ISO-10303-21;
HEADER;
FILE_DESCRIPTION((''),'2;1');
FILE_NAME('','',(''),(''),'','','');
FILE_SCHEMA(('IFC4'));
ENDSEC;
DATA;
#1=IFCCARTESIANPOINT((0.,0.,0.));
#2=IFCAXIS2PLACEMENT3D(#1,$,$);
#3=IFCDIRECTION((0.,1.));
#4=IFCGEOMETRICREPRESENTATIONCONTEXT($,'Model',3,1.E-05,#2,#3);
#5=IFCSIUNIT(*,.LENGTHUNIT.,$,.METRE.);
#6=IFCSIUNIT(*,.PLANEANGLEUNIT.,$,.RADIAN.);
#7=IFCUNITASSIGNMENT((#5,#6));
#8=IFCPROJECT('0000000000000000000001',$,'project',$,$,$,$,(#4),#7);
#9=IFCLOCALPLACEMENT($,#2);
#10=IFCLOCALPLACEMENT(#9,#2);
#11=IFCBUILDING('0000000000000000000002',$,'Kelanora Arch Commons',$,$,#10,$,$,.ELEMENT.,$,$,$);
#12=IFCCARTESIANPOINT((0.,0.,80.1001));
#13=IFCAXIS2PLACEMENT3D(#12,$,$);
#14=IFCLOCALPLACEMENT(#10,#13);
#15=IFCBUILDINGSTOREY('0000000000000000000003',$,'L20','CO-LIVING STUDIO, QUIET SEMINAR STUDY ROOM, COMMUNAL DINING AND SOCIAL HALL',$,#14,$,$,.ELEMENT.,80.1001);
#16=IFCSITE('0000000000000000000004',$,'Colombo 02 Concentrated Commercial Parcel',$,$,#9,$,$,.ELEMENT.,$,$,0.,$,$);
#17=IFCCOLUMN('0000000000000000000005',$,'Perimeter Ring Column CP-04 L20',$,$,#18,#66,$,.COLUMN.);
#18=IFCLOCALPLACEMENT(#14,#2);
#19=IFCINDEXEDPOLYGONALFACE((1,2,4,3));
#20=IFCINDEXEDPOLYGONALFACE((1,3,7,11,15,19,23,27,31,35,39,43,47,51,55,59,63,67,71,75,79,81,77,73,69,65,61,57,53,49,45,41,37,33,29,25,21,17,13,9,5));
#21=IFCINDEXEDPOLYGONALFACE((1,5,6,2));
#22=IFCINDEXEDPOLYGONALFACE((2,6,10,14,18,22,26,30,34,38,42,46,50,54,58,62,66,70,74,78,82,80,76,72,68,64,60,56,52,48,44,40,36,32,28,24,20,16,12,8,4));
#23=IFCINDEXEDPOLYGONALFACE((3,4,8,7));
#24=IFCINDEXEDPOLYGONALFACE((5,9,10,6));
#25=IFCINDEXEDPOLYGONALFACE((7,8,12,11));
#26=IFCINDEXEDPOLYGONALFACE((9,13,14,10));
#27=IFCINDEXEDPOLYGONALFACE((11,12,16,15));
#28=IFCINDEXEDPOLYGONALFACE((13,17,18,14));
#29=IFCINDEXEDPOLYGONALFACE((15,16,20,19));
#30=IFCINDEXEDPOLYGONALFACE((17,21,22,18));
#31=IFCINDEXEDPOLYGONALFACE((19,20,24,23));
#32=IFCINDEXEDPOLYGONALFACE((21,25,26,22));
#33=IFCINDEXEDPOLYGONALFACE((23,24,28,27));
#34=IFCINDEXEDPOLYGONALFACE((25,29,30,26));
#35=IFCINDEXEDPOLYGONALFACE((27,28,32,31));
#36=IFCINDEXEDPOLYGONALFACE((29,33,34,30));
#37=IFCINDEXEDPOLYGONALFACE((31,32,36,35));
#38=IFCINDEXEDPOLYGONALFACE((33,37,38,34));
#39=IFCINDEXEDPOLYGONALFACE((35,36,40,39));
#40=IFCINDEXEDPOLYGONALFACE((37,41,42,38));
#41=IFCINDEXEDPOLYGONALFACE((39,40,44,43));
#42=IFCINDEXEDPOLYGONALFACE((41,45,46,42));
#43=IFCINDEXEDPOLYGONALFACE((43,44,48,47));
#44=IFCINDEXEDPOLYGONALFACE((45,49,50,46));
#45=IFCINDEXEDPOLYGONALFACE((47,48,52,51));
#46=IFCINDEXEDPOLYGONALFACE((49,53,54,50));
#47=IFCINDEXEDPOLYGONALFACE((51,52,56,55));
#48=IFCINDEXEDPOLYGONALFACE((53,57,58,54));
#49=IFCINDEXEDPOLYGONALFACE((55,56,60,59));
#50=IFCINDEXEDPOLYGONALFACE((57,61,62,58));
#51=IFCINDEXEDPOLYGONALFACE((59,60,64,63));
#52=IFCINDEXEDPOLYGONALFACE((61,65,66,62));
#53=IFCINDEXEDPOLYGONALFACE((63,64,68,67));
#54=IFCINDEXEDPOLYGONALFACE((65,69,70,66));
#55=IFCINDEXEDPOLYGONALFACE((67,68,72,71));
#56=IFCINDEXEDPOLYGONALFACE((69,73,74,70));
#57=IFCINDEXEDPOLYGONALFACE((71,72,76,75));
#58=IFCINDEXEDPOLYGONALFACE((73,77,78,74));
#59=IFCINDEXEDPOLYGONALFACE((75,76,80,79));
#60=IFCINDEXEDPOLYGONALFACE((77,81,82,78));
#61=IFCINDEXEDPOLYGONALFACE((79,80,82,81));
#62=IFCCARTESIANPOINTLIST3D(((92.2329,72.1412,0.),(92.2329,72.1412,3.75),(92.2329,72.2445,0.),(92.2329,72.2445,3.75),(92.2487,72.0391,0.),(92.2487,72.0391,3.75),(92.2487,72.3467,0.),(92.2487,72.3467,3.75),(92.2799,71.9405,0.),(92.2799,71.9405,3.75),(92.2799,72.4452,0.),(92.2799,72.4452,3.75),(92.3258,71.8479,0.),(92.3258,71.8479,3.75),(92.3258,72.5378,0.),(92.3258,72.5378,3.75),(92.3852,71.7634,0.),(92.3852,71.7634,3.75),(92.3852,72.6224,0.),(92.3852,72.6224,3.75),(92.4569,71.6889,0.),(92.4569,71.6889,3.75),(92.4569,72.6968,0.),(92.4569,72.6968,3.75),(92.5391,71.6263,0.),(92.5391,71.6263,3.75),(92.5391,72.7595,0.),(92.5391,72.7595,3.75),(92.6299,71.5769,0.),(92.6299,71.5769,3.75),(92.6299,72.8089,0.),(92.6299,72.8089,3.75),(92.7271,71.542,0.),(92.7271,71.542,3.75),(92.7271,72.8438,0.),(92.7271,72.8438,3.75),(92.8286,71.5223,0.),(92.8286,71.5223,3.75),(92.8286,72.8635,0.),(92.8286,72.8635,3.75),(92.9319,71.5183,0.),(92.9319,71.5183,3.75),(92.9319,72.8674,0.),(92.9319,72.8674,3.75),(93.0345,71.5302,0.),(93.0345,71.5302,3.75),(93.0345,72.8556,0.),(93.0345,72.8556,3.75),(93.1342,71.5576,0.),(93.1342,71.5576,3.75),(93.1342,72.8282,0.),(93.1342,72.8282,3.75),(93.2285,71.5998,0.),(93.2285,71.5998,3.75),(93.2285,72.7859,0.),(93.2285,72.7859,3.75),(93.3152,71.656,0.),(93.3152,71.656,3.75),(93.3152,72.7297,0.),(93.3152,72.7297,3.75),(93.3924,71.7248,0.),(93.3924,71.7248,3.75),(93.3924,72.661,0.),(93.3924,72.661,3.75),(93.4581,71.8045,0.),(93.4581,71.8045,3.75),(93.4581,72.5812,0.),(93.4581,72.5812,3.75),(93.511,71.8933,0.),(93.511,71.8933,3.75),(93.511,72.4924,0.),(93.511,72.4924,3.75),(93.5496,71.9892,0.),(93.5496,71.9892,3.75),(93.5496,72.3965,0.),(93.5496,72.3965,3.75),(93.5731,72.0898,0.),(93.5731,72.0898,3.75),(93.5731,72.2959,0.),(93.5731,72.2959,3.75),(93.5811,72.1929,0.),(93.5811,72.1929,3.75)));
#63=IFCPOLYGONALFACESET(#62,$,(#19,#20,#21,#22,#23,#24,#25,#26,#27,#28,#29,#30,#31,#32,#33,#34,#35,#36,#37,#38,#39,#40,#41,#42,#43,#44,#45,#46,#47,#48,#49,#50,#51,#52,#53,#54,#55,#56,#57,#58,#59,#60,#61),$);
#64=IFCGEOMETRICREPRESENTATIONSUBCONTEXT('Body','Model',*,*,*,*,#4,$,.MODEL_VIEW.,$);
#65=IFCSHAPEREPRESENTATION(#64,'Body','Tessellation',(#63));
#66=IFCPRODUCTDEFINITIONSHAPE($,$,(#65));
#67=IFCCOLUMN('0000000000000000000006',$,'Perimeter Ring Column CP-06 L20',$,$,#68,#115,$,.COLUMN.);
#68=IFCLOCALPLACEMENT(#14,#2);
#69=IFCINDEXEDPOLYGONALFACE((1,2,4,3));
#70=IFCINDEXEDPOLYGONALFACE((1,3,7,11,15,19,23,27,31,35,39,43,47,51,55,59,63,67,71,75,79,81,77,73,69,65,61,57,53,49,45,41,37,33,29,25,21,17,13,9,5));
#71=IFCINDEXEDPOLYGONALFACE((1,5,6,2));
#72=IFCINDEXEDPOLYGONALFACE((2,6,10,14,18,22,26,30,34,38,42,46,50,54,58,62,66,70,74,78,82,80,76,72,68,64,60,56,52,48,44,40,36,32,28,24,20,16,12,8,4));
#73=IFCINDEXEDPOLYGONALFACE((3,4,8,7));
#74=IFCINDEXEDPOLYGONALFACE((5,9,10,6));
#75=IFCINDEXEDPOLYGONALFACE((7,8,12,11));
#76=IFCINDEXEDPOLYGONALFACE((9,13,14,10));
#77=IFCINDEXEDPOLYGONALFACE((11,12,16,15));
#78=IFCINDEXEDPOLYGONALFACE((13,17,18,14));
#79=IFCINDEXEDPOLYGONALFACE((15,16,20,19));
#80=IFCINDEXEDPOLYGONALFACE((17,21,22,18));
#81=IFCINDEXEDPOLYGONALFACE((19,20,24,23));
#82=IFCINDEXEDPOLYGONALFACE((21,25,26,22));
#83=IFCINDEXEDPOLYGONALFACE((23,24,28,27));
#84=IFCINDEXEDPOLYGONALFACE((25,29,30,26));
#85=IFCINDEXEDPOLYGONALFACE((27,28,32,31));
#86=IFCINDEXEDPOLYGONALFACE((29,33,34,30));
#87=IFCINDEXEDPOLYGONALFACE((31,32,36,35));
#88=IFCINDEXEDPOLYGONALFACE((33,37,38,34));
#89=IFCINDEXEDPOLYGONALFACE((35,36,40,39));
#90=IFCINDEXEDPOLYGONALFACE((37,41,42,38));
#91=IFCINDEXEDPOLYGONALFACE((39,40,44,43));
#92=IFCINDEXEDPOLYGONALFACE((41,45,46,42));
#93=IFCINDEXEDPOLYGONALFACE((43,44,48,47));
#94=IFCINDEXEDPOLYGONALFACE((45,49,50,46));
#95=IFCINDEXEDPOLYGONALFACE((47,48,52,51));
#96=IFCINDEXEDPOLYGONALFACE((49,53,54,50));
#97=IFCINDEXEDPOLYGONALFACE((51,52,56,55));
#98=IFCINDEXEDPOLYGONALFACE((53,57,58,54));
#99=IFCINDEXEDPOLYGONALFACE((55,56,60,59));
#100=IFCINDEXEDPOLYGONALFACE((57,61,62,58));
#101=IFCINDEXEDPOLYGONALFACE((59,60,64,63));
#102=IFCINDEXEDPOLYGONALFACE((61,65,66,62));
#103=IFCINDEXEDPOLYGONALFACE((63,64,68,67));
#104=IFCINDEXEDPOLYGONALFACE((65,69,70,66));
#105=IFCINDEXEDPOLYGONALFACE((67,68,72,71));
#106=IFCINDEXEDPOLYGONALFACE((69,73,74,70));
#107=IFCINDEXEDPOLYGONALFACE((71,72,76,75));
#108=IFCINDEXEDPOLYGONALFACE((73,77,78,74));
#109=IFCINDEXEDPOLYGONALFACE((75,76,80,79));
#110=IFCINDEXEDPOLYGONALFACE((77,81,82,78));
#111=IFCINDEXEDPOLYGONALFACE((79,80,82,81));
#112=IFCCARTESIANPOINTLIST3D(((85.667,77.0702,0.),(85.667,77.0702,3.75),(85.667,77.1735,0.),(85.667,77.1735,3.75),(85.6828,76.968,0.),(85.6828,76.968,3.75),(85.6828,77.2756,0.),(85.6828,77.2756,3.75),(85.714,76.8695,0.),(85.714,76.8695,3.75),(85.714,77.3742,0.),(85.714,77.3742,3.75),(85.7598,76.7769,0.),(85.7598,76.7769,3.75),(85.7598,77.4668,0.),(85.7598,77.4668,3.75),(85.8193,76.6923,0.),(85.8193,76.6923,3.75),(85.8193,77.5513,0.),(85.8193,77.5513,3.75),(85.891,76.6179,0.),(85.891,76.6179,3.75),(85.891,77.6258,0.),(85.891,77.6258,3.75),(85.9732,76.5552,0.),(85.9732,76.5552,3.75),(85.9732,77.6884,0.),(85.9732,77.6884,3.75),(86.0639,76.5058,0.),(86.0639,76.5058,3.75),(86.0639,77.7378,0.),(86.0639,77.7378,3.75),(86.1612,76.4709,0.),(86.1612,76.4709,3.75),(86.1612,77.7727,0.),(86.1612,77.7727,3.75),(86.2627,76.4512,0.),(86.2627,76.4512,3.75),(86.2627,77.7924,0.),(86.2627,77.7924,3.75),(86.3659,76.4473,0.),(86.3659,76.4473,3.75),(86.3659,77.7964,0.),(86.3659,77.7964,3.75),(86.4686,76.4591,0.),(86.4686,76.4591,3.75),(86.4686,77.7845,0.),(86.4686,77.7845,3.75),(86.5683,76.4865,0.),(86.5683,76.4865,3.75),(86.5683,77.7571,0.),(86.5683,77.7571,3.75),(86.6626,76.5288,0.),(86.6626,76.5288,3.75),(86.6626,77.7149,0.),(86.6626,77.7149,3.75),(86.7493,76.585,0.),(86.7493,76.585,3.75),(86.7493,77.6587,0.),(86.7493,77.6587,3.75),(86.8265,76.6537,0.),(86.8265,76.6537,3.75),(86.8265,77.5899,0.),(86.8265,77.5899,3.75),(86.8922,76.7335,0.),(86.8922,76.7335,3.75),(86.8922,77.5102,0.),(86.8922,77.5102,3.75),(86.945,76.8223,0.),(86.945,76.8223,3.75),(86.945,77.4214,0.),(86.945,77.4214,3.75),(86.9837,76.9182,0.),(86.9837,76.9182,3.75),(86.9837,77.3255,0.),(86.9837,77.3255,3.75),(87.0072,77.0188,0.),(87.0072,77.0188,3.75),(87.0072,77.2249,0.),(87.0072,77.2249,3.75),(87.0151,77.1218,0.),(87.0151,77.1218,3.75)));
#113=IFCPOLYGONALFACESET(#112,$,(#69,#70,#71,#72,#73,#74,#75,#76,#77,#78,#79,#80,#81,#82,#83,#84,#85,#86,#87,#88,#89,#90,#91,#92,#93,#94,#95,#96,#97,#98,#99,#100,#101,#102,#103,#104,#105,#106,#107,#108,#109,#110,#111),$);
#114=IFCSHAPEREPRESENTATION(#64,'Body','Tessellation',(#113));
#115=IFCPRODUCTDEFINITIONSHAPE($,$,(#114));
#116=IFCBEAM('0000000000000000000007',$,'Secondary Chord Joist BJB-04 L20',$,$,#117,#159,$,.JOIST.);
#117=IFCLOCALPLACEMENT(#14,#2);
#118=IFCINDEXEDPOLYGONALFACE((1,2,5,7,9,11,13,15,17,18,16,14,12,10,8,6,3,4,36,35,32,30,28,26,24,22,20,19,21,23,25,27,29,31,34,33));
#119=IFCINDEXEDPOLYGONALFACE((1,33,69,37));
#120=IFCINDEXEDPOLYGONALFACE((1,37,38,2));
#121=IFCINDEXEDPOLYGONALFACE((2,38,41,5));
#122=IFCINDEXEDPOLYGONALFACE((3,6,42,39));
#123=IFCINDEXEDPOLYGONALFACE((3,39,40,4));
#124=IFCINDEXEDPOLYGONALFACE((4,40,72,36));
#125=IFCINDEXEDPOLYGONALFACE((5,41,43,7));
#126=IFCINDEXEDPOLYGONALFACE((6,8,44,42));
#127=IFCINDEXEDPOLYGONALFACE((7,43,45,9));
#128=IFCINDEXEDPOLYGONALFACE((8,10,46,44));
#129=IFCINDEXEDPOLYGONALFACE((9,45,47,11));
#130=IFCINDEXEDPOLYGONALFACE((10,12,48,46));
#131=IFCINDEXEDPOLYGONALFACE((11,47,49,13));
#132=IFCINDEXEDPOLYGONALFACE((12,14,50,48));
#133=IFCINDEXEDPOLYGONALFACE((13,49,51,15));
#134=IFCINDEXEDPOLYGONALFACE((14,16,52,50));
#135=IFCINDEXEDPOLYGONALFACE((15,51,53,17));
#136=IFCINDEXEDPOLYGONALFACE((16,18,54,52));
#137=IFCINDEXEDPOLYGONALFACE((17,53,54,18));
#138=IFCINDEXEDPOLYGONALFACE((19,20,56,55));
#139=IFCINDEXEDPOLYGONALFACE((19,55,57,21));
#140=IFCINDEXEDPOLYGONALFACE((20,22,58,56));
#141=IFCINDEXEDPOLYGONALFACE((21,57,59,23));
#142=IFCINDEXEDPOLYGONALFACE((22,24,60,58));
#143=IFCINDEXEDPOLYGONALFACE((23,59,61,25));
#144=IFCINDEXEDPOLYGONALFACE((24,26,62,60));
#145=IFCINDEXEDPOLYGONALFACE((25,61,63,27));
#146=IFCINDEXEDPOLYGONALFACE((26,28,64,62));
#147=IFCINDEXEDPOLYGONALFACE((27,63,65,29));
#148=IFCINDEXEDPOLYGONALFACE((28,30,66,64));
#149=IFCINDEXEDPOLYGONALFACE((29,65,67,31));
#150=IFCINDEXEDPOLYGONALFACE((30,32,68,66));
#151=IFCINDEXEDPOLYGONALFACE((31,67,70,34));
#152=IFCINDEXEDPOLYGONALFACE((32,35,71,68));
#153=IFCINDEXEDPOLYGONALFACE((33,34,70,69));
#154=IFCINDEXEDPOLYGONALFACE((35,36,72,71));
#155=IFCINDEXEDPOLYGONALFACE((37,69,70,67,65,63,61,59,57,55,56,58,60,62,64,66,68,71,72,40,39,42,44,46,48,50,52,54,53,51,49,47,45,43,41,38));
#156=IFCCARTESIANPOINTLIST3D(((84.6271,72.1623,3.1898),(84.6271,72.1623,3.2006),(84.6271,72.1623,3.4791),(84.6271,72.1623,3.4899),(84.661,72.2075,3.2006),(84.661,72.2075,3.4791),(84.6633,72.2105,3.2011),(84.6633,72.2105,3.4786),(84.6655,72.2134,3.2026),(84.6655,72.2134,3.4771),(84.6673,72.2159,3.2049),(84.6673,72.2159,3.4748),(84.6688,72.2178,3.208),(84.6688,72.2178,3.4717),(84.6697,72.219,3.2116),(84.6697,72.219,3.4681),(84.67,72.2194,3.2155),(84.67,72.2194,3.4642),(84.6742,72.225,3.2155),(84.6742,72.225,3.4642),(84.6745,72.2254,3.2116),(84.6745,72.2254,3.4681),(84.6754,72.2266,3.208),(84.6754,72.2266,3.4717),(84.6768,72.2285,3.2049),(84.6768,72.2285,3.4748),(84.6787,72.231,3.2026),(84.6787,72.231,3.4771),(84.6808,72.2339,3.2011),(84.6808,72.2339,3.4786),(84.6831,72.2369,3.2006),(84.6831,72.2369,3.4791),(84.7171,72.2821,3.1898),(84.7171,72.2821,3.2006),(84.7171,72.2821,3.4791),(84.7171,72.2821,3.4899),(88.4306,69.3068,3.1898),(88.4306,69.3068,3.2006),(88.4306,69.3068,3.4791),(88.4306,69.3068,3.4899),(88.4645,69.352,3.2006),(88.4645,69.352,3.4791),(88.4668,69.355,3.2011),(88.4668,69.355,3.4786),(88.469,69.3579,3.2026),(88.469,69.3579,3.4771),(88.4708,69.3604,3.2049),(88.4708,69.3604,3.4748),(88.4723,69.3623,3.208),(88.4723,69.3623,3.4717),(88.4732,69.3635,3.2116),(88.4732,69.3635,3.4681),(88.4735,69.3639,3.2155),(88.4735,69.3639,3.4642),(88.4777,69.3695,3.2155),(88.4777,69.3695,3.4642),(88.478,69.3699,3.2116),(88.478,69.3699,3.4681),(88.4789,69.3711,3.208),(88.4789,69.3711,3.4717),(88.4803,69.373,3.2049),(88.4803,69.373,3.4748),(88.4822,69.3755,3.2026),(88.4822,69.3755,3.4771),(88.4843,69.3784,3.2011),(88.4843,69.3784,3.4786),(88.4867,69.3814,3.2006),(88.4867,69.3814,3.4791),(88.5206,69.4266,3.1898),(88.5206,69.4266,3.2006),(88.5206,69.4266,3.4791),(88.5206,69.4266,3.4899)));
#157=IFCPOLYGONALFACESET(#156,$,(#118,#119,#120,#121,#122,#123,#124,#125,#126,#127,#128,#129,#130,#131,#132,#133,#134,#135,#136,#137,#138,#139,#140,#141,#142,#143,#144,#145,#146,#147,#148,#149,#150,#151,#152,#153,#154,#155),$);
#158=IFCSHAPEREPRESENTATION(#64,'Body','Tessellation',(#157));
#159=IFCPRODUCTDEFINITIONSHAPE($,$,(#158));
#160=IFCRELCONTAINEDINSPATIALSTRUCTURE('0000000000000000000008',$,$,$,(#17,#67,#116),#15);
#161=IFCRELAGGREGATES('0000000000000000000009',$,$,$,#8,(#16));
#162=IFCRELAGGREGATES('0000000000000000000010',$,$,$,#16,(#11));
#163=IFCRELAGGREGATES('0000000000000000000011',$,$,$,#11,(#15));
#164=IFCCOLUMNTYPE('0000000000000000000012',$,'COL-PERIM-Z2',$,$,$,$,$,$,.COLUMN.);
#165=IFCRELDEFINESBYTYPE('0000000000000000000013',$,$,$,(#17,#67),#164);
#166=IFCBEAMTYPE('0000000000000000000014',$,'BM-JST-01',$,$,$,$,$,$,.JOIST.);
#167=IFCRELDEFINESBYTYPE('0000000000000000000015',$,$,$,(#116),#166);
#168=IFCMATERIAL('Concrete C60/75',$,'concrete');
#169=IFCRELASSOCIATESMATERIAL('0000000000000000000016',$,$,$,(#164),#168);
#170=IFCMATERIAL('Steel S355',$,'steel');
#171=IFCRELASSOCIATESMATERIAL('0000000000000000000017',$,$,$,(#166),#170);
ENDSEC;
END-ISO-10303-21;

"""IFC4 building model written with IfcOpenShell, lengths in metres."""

from ifc_helpers import new_model, si_unit, direction, frame, origin, origin_2d, place, context, subcontext, project, spatial, circle, i_section, extrude, material, material_profile, profile_set, type_object, element, save


model = new_model("IFC4")

# Units and contexts
model_context = context("Model", 3, precision=1e-05, world=origin(), true_north=direction((0.0, 1.0)))
body_context = subcontext(model_context, "Body", "Model", "MODEL_VIEW")
ifc_project = project(units=[si_unit("LENGTHUNIT", "METRE"), si_unit("PLANEANGLEUNIT", "RADIAN")], contexts=[model_context])

# Site, building, storey
site_placement = place(None, origin())
site = spatial("IfcSite", under=ifc_project, at=site_placement, Name="Colombo 02 Concentrated Commercial Parcel", CompositionType="ELEMENT", RefElevation=0.0)
building_placement = place(site_placement, origin())
building = spatial("IfcBuilding", under=site, at=building_placement, Name="Kelanora Arch Commons", CompositionType="ELEMENT")
storey_placement = place(building_placement, frame((0.0, 0.0, 80.1001)))
storey = spatial("IfcBuildingStorey", under=building, at=storey_placement, Name="L20", Description="CO-LIVING STUDIO, QUIET SEMINAR STUDY ROOM, COMMUNAL DINING AND SOCIAL HALL", CompositionType="ELEMENT", Elevation=80.1001)

# Columns
ifc_material_1 = material(Name="Concrete C60/75", Category="concrete")
ifc_material_profile_1 = material_profile(ifc_material_1, circle(Radius=0.675, at=origin_2d()), Name="RCC1350")
ifc_profile_set_1 = profile_set([ifc_material_profile_1], Name="Concrete C60/75")
column_type = type_object("IfcColumnType", Name="COL-PERIM-Z2", PredefinedType="COLUMN", material=ifc_profile_set_1)
for number, where, z_axis, x_axis, name in (
    (1, (92.906, 72.1929, 0.0), (0.0, 0.0, 1.0), (1.0, 0.0, 0.0), "Perimeter Ring Column CP-04 L20"),
    (2, (86.3401, 77.1218, 0.0), (0.0, 0.0, 1.0), (1.0, 0.0, 0.0), "Perimeter Ring Column CP-06 L20"),
):
    element("IfcColumn", number, at=place(storey_placement, frame(where, z_axis=z_axis, x_axis=x_axis)), inside=storey, type_object=column_type, Name=name, PredefinedType="COLUMN", context=body_context, shape_type="SweptSolid", body=[
        extrude(circle(Radius=0.675, at=origin_2d()), origin(), (0.0, 0.0, 1.0), 3.75),
    ])

# Beam
ifc_material_2 = material(Name="Steel S355", Category="steel")
ifc_material_profile_2 = material_profile(ifc_material_2, i_section(OverallWidth=0.1499, OverallDepth=0.3, WebThickness=0.0071, FlangeThickness=0.0107, FilletRadius=0.0149, at=origin_2d()), Name="IPE300")
ifc_profile_set_2 = profile_set([ifc_material_profile_2], Name="Steel S355")
beam_type_1 = type_object("IfcBeamType", Name="BM-JST-01", PredefinedType="JOIST", material=ifc_profile_set_2)
beam_1_placement = place(storey_placement, frame((88.4756, 69.3667, 3.3398), z_axis=(-0.79971, 0.600386, 0.0), x_axis=(-0.600386, -0.79971, 0.0)))
element("IfcBeam", 3, at=beam_1_placement, inside=storey, type_object=beam_type_1, Name="Secondary Chord Joist BJB-04 L20", PredefinedType="JOIST", context=body_context, shape_type="SweptSolid", body=[
    extrude(i_section(OverallWidth=0.1499, OverallDepth=0.3, WebThickness=0.0071, FlangeThickness=0.0107, FilletRadius=0.0149, at=origin_2d()), origin(), (0.0, 0.0, 1.0), 4.7561),
])

save(model, "model.ifc")
